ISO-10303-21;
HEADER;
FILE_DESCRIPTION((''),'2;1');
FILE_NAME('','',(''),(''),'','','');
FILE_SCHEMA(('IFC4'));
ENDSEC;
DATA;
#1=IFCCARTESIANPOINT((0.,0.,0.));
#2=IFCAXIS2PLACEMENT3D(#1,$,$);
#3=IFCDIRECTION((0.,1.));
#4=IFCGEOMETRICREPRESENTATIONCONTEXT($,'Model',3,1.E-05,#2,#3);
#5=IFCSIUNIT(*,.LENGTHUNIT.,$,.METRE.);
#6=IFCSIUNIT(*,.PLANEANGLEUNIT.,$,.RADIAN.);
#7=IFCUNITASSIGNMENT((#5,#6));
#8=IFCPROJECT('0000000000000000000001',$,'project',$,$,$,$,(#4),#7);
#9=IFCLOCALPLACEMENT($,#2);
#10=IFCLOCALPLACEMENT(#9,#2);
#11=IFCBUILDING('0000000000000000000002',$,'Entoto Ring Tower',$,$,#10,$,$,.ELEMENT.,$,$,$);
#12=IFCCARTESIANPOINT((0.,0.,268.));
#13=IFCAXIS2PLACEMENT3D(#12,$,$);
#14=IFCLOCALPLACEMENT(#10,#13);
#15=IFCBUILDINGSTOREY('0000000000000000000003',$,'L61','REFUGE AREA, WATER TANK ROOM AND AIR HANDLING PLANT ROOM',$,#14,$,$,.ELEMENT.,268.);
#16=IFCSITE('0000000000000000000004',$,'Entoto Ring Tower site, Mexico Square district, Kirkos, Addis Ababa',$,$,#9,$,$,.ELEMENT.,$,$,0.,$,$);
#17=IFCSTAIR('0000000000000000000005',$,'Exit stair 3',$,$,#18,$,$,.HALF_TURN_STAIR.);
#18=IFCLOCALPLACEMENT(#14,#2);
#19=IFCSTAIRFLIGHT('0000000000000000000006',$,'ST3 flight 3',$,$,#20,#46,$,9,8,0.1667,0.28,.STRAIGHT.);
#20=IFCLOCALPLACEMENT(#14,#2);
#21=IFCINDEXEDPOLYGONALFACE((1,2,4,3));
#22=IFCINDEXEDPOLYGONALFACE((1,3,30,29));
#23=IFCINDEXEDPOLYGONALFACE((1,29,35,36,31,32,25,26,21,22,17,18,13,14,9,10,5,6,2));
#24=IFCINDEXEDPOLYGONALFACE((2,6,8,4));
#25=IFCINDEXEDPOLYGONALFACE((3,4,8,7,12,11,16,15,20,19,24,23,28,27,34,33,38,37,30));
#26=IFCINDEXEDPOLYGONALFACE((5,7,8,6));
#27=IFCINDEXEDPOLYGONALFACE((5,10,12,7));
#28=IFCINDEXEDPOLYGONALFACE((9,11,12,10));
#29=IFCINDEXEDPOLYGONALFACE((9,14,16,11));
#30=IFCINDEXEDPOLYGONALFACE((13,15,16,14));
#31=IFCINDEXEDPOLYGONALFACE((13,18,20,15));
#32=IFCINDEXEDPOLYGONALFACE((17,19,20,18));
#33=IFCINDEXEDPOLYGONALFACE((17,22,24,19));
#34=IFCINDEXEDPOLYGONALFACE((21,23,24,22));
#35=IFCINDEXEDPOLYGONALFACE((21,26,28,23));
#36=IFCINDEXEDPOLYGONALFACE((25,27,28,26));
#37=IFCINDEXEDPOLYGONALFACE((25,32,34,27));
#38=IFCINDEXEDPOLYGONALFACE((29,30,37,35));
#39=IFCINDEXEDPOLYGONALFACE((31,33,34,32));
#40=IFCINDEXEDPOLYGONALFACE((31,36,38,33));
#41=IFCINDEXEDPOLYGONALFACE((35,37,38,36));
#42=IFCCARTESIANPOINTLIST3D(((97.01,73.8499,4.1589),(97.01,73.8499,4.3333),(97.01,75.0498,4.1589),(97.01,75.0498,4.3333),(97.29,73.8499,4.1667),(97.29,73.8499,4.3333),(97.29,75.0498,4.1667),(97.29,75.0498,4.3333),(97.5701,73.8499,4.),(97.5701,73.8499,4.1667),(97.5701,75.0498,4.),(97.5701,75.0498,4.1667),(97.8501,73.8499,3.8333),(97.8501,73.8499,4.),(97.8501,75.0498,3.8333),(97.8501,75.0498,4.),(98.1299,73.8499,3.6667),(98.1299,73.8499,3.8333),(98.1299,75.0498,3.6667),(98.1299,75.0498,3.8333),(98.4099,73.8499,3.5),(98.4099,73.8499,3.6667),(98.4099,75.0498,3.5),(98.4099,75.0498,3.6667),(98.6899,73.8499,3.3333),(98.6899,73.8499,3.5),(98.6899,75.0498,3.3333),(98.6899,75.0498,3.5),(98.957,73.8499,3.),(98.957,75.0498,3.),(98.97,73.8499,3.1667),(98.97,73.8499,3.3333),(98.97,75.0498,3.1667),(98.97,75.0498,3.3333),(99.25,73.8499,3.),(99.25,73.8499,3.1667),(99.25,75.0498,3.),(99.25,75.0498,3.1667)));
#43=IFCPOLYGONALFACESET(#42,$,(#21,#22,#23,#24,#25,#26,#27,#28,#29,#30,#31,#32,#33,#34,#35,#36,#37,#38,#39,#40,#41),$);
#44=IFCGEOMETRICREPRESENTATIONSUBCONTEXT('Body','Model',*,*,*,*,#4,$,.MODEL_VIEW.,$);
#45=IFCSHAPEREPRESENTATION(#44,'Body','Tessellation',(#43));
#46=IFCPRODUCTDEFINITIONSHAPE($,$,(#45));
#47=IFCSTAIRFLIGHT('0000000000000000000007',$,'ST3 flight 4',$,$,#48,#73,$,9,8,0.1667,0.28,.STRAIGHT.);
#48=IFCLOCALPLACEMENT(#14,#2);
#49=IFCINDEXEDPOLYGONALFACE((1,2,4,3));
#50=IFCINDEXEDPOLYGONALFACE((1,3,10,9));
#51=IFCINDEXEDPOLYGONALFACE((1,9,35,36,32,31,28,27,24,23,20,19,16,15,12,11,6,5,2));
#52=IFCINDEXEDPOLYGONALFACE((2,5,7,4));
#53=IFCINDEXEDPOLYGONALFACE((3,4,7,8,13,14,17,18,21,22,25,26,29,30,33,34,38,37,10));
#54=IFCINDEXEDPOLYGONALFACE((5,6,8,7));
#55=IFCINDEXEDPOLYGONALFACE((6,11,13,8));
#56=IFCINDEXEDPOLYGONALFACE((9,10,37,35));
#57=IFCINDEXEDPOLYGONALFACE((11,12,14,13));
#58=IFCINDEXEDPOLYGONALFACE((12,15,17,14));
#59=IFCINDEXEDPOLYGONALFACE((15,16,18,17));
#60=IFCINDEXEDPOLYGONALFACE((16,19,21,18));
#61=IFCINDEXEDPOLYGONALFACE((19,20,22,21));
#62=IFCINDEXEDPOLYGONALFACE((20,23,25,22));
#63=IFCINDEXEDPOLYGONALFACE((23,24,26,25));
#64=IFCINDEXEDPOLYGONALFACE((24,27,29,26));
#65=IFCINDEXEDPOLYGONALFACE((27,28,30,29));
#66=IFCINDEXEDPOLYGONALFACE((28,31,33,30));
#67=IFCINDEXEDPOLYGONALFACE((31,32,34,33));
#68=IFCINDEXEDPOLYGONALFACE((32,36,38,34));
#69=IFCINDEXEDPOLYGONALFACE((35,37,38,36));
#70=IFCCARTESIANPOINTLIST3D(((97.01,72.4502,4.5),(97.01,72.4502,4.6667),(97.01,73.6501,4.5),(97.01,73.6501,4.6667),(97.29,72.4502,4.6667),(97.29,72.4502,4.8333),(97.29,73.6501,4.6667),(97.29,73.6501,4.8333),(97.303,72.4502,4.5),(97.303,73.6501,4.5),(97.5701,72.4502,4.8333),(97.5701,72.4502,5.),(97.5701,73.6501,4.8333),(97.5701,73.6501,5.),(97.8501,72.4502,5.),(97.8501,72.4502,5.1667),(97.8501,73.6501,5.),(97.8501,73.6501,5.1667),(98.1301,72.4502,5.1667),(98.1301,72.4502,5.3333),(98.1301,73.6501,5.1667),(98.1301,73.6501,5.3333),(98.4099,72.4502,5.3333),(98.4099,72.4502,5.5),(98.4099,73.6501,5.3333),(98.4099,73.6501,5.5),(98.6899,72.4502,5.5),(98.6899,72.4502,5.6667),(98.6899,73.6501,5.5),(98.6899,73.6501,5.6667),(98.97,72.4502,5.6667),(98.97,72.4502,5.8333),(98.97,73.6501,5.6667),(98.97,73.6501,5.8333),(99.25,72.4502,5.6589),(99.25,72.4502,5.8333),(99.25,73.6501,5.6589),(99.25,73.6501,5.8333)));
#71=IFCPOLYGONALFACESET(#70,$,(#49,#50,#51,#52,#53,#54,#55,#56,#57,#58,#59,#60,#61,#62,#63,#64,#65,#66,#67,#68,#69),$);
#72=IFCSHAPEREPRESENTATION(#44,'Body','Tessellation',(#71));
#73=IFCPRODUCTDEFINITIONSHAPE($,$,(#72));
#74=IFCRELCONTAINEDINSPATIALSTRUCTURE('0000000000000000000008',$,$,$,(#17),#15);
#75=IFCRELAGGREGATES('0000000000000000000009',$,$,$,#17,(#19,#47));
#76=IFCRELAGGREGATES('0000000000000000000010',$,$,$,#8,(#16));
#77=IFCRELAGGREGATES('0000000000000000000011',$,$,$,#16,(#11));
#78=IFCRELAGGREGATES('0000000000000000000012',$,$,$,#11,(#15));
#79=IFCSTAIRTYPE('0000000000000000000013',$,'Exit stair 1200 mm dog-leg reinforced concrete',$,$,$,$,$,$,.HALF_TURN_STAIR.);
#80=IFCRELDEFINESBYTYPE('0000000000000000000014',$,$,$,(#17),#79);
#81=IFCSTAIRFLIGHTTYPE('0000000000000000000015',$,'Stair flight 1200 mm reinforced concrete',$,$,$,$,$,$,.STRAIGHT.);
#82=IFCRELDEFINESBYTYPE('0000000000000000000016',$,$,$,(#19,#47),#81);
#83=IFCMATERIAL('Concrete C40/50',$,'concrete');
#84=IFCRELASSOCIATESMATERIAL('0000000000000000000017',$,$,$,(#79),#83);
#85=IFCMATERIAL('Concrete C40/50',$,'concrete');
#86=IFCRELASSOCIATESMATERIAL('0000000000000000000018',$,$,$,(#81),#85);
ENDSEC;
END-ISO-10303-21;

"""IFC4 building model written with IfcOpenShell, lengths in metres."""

from ifc_helpers import new_model, si_unit, direction, frame, origin, place, context, subcontext, project, spatial, polyline, outline, extrude, material, type_object, element, aggregate, save


model = new_model("IFC4")

# Units and contexts
model_context = context("Model", 3, precision=1e-05, world=origin(), true_north=direction((0.0, 1.0)))
body_context = subcontext(model_context, "Body", "Model", "MODEL_VIEW")
ifc_project = project(units=[si_unit("LENGTHUNIT", "METRE"), si_unit("PLANEANGLEUNIT", "RADIAN")], contexts=[model_context])

# Site, building, storey
site_placement = place(None, origin())
site = spatial("IfcSite", under=ifc_project, at=site_placement, Name="Entoto Ring Tower site, Mexico Square district, Kirkos, Addis Ababa", CompositionType="ELEMENT", RefElevation=0.0)
building_placement = place(site_placement, origin())
building = spatial("IfcBuilding", under=site, at=building_placement, Name="Entoto Ring Tower", CompositionType="ELEMENT")
storey_placement = place(building_placement, frame((0.0, 0.0, 268.0)))
storey = spatial("IfcBuildingStorey", under=building, at=storey_placement, Name="L61", Description="REFUGE AREA, WATER TANK ROOM AND AIR HANDLING PLANT ROOM", CompositionType="ELEMENT", Elevation=268.0)

# Stair, stair flights
ifc_material_1 = material(Name="Concrete C40/50", Category="concrete")
stair_type = type_object("IfcStairType", Name="Exit stair 1200 mm dog-leg reinforced concrete", PredefinedType="HALF_TURN_STAIR", material=ifc_material_1)
stair_placement = place(storey_placement, origin())
stair = element("IfcStair", 1, at=stair_placement, inside=storey, type_object=stair_type, Name="Exit stair 3", PredefinedType="HALF_TURN_STAIR")
ifc_material_2 = material(Name="Concrete C40/50", Category="concrete")
stair_flight_type = type_object("IfcStairFlightType", Name="Stair flight 1200 mm reinforced concrete", PredefinedType="STRAIGHT", material=ifc_material_2)
stair_flight_1_placement = place(storey_placement, frame((99.25, 74.45, 3.0), z_axis=(0.0, 0.0, 1.0), x_axis=(-1.0, 0.0, 0.0)))
stair_flight_1 = element("IfcStairFlight", 2, at=stair_flight_1_placement, type_object=stair_flight_type, Name="ST3 flight 3", NumberOfRisers=9, NumberOfTreads=8, PredefinedType="STRAIGHT", RiserHeight=0.1667, TreadLength=0.28, context=body_context, shape_type="SweptSolid", body=[
    extrude(outline(polyline([(0.0, 0.0), (0.0, 0.1667), (0.28, 0.1667), (0.28, 0.3333), (0.5601, 0.3333), (0.5601, 0.5), (0.8401, 0.5), (0.8401, 0.6667), (1.1201, 0.6667), (1.1201, 0.8333), (1.3999, 0.8333), (1.3999, 1.0), (1.6799, 1.0), (1.6799, 1.1667), (1.96, 1.1667), (1.96, 1.3333), (2.24, 1.3333), (2.24, 1.5), (2.24, 1.1589), (0.293, 0.0), (0.0, 0.0)])), frame((0.0, 0.6001, 0.0), z_axis=(0.0, -1.0, 0.0), x_axis=(1.0, 0.0, 0.0)), (0.0, 0.0, 1.0), 1.2),
])
stair_flight_2_placement = place(storey_placement, frame((97.01, 73.05, 4.5), z_axis=(0.0, 0.0, 1.0), x_axis=(1.0, 0.0, 0.0)))
stair_flight_2 = element("IfcStairFlight", 3, at=stair_flight_2_placement, type_object=stair_flight_type, Name="ST3 flight 4", NumberOfRisers=9, NumberOfTreads=8, PredefinedType="STRAIGHT", RiserHeight=0.1667, TreadLength=0.28, context=body_context, shape_type="SweptSolid", body=[
    extrude(outline(polyline([(0.0, 0.0), (0.0, 0.1667), (0.28, 0.1667), (0.28, 0.3333), (0.5601, 0.3333), (0.5601, 0.5), (0.8401, 0.5), (0.8401, 0.6667), (1.1201, 0.6667), (1.1201, 0.8333), (1.3999, 0.8333), (1.3999, 1.0), (1.6799, 1.0), (1.6799, 1.1667), (1.96, 1.1667), (1.96, 1.3333), (2.24, 1.3333), (2.24, 1.5), (2.24, 1.1589), (0.293, 0.0), (0.0, 0.0)])), frame((0.0, 0.6001, 0.0), z_axis=(0.0, -1.0, 0.0), x_axis=(1.0, 0.0, 0.0)), (0.0, 0.0, 1.0), 1.2),
])
aggregate(stair, [stair_flight_1, stair_flight_2])

save(model, "model.ifc")
